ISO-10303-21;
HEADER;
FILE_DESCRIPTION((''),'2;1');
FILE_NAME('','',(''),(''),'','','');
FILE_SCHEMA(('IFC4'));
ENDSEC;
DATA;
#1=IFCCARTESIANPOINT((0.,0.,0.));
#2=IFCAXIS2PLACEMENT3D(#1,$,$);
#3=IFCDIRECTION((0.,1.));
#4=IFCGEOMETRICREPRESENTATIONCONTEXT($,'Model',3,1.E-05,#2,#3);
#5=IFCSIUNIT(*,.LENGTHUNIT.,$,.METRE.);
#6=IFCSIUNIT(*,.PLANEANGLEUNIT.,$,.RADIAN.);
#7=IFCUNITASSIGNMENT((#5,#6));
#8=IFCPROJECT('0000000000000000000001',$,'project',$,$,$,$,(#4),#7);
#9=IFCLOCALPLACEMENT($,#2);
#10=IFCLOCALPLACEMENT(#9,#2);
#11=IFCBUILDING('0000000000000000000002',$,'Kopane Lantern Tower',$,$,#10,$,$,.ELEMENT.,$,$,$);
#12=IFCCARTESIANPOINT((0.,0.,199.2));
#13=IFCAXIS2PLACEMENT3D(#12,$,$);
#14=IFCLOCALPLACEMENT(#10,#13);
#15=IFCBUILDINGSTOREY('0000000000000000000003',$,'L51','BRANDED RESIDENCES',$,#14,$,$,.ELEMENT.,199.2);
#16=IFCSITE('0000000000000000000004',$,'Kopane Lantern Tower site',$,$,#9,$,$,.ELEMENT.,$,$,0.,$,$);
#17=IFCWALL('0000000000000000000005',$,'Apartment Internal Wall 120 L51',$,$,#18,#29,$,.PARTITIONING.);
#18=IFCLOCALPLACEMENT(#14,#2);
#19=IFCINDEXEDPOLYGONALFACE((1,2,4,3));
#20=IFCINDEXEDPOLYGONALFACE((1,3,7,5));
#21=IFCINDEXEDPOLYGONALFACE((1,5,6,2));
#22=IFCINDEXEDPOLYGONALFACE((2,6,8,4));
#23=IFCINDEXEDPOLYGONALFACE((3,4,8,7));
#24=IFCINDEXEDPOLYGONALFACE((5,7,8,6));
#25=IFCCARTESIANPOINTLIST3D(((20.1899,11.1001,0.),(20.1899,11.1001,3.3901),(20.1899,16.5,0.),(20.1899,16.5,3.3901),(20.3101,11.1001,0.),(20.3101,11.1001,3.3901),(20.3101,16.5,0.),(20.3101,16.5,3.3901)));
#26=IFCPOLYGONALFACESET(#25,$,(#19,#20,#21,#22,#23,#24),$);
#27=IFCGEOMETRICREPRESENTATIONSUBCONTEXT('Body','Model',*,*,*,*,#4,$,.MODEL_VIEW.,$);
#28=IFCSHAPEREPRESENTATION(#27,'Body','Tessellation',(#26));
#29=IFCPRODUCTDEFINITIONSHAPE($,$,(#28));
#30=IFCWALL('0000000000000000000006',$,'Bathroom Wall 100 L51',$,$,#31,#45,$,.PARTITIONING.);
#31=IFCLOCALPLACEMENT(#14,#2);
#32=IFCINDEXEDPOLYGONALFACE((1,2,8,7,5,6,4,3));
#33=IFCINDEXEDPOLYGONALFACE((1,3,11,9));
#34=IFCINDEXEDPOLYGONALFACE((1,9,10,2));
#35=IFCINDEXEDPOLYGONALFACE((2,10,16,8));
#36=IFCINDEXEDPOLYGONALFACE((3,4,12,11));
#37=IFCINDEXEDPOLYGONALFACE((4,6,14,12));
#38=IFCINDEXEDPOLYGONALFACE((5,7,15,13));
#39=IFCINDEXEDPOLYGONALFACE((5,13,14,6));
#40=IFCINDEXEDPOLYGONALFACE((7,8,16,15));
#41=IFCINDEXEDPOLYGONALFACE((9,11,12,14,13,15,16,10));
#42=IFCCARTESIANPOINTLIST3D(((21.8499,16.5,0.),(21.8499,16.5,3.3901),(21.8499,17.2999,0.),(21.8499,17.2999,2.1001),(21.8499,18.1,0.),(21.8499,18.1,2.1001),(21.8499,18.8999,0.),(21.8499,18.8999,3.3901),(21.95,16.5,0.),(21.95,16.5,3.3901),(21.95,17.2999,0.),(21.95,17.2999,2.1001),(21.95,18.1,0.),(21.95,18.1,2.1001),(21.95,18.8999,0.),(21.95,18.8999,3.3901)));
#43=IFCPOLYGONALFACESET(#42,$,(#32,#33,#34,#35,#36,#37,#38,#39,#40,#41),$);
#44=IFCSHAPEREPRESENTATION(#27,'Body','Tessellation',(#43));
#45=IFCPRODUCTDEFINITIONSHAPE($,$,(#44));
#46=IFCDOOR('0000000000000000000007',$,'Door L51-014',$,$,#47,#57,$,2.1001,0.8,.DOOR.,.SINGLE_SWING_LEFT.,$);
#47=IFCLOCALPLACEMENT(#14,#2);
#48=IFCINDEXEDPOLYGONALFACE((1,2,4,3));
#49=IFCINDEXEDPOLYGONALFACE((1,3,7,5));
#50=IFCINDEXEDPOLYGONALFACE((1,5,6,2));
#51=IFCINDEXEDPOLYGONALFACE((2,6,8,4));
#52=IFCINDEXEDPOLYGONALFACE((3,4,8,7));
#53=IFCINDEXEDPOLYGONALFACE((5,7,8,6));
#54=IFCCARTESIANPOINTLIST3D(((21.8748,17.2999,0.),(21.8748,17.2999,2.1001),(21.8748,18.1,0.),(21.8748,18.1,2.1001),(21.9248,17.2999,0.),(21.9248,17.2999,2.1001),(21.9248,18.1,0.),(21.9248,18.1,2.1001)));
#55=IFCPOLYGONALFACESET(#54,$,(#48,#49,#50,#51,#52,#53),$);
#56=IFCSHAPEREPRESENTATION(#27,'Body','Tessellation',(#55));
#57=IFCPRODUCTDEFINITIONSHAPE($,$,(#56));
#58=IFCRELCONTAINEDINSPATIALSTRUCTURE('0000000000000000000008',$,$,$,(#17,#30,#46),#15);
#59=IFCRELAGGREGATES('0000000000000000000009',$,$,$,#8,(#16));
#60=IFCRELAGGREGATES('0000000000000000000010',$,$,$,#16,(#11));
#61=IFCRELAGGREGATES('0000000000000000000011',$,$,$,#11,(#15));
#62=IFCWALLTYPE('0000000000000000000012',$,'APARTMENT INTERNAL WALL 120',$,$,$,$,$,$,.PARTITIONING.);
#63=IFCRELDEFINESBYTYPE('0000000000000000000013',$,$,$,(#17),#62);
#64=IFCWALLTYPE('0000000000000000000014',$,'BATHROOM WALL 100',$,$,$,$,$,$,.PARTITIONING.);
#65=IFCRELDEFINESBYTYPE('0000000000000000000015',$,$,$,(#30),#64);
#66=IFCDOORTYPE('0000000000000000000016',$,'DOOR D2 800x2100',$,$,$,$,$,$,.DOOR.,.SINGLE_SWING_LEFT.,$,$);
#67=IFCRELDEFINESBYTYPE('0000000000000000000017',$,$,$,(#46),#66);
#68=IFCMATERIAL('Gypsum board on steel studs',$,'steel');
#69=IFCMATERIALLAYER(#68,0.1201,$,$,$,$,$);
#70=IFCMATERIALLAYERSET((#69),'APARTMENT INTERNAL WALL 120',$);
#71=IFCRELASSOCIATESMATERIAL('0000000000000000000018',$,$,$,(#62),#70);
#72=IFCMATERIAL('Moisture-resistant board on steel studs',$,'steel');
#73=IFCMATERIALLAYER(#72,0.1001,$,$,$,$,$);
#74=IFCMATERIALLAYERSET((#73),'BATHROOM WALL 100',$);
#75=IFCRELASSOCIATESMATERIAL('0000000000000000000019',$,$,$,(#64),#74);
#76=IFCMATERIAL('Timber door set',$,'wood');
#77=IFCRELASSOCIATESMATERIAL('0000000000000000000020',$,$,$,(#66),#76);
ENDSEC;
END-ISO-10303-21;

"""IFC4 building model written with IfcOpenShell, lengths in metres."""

from ifc_helpers import new_model, si_unit, direction, frame, frame_2d, origin, place, context, subcontext, project, spatial, rectangle, extrude, material, layer, layer_set, type_object, element, fill, save


model = new_model("IFC4")

# Units and contexts
model_context = context("Model", 3, precision=1e-05, world=origin(), true_north=direction((0.0, 1.0)))
body_context = subcontext(model_context, "Body", "Model", "MODEL_VIEW")
ifc_project = project(units=[si_unit("LENGTHUNIT", "METRE"), si_unit("PLANEANGLEUNIT", "RADIAN")], contexts=[model_context])

# Site, building, storey
site_placement = place(None, origin())
site = spatial("IfcSite", under=ifc_project, at=site_placement, Name="Kopane Lantern Tower site", CompositionType="ELEMENT", RefElevation=0.0)
building_placement = place(site_placement, origin())
building = spatial("IfcBuilding", under=site, at=building_placement, Name="Kopane Lantern Tower", CompositionType="ELEMENT")
storey_placement = place(building_placement, frame((0.0, 0.0, 199.2)))
storey = spatial("IfcBuildingStorey", under=building, at=storey_placement, Name="L51", Description="BRANDED RESIDENCES", CompositionType="ELEMENT", Elevation=199.2)

# Wall
ifc_material_1 = material(Name="Gypsum board on steel studs", Category="steel")
ifc_layer_1 = layer(ifc_material_1, 0.1201)
ifc_layer_set_1 = layer_set([ifc_layer_1], Name="APARTMENT INTERNAL WALL 120")
wall_type_1 = type_object("IfcWallType", Name="APARTMENT INTERNAL WALL 120", PredefinedType="PARTITIONING", material=ifc_layer_set_1)
wall_1_placement = place(storey_placement, frame((20.25, 16.5, 0.0), z_axis=(0.0, 0.0, 1.0), x_axis=(0.0, -1.0, 0.0)))
element("IfcWall", 1, at=wall_1_placement, inside=storey, type_object=wall_type_1, Name="Apartment Internal Wall 120 L51", PredefinedType="PARTITIONING", context=body_context, shape_type="SweptSolid", body=[
    extrude(rectangle(XDim=5.3999, YDim=0.1201, at=frame_2d((2.7, 0.0))), origin(), (0.0, 0.0, 1.0), 3.3901),
])

# Wall, opening, door
ifc_material_2 = material(Name="Moisture-resistant board on steel studs", Category="steel")
ifc_layer_2 = layer(ifc_material_2, 0.1001)
ifc_layer_set_2 = layer_set([ifc_layer_2], Name="BATHROOM WALL 100")
wall_type_2 = type_object("IfcWallType", Name="BATHROOM WALL 100", PredefinedType="PARTITIONING", material=ifc_layer_set_2)
wall_2_placement = place(storey_placement, frame((21.8999, 18.8999, 0.0), z_axis=(0.0, 0.0, 1.0), x_axis=(0.0, -1.0, 0.0)))
wall_2 = element("IfcWall", 2, at=wall_2_placement, inside=storey, type_object=wall_type_2, Name="Bathroom Wall 100 L51", PredefinedType="PARTITIONING", context=body_context, shape_type="SweptSolid", body=[
    extrude(rectangle(XDim=2.3999, YDim=0.1001, at=frame_2d((1.2, 0.0))), origin(), (0.0, 0.0, 1.0), 3.3901),
])
opening_placement = place(wall_2_placement, frame((0.8, 0.0, 0.0)))
opening = element("IfcOpeningElement", 3, at=opening_placement, cuts=wall_2, PredefinedType="OPENING", context=body_context, shape_type="SweptSolid", body=[
    extrude(rectangle(XDim=0.8, YDim=2.1001, at=frame_2d((0.3999, 1.05))), frame((0.0, 0.0601, 0.0), z_axis=(0.0, -1.0, 0.0), x_axis=(1.0, 0.0, 0.0)), (0.0, 0.0, 1.0), 0.1201),
])
ifc_material_3 = material(Name="Timber door set", Category="wood")
door_type = type_object("IfcDoorType", Name="DOOR D2 800x2100", OperationType="SINGLE_SWING_LEFT", PredefinedType="DOOR", material=ifc_material_3)
door_placement = place(opening_placement, origin())
door = element("IfcDoor", 4, at=door_placement, inside=storey, type_object=door_type, Name="Door L51-014", OperationType="SINGLE_SWING_LEFT", OverallHeight=2.1001, OverallWidth=0.8, PredefinedType="DOOR", context=body_context, shape_type="SweptSolid", body=[
    extrude(rectangle(XDim=0.8, YDim=2.1001, at=frame_2d((0.3999, 1.05))), frame((0.0, 0.0249, 0.0), z_axis=(0.0, -1.0, 0.0), x_axis=(1.0, 0.0, 0.0)), (0.0, 0.0, 1.0), 0.05),
])
fill(opening, door)

save(model, "model.ifc")
